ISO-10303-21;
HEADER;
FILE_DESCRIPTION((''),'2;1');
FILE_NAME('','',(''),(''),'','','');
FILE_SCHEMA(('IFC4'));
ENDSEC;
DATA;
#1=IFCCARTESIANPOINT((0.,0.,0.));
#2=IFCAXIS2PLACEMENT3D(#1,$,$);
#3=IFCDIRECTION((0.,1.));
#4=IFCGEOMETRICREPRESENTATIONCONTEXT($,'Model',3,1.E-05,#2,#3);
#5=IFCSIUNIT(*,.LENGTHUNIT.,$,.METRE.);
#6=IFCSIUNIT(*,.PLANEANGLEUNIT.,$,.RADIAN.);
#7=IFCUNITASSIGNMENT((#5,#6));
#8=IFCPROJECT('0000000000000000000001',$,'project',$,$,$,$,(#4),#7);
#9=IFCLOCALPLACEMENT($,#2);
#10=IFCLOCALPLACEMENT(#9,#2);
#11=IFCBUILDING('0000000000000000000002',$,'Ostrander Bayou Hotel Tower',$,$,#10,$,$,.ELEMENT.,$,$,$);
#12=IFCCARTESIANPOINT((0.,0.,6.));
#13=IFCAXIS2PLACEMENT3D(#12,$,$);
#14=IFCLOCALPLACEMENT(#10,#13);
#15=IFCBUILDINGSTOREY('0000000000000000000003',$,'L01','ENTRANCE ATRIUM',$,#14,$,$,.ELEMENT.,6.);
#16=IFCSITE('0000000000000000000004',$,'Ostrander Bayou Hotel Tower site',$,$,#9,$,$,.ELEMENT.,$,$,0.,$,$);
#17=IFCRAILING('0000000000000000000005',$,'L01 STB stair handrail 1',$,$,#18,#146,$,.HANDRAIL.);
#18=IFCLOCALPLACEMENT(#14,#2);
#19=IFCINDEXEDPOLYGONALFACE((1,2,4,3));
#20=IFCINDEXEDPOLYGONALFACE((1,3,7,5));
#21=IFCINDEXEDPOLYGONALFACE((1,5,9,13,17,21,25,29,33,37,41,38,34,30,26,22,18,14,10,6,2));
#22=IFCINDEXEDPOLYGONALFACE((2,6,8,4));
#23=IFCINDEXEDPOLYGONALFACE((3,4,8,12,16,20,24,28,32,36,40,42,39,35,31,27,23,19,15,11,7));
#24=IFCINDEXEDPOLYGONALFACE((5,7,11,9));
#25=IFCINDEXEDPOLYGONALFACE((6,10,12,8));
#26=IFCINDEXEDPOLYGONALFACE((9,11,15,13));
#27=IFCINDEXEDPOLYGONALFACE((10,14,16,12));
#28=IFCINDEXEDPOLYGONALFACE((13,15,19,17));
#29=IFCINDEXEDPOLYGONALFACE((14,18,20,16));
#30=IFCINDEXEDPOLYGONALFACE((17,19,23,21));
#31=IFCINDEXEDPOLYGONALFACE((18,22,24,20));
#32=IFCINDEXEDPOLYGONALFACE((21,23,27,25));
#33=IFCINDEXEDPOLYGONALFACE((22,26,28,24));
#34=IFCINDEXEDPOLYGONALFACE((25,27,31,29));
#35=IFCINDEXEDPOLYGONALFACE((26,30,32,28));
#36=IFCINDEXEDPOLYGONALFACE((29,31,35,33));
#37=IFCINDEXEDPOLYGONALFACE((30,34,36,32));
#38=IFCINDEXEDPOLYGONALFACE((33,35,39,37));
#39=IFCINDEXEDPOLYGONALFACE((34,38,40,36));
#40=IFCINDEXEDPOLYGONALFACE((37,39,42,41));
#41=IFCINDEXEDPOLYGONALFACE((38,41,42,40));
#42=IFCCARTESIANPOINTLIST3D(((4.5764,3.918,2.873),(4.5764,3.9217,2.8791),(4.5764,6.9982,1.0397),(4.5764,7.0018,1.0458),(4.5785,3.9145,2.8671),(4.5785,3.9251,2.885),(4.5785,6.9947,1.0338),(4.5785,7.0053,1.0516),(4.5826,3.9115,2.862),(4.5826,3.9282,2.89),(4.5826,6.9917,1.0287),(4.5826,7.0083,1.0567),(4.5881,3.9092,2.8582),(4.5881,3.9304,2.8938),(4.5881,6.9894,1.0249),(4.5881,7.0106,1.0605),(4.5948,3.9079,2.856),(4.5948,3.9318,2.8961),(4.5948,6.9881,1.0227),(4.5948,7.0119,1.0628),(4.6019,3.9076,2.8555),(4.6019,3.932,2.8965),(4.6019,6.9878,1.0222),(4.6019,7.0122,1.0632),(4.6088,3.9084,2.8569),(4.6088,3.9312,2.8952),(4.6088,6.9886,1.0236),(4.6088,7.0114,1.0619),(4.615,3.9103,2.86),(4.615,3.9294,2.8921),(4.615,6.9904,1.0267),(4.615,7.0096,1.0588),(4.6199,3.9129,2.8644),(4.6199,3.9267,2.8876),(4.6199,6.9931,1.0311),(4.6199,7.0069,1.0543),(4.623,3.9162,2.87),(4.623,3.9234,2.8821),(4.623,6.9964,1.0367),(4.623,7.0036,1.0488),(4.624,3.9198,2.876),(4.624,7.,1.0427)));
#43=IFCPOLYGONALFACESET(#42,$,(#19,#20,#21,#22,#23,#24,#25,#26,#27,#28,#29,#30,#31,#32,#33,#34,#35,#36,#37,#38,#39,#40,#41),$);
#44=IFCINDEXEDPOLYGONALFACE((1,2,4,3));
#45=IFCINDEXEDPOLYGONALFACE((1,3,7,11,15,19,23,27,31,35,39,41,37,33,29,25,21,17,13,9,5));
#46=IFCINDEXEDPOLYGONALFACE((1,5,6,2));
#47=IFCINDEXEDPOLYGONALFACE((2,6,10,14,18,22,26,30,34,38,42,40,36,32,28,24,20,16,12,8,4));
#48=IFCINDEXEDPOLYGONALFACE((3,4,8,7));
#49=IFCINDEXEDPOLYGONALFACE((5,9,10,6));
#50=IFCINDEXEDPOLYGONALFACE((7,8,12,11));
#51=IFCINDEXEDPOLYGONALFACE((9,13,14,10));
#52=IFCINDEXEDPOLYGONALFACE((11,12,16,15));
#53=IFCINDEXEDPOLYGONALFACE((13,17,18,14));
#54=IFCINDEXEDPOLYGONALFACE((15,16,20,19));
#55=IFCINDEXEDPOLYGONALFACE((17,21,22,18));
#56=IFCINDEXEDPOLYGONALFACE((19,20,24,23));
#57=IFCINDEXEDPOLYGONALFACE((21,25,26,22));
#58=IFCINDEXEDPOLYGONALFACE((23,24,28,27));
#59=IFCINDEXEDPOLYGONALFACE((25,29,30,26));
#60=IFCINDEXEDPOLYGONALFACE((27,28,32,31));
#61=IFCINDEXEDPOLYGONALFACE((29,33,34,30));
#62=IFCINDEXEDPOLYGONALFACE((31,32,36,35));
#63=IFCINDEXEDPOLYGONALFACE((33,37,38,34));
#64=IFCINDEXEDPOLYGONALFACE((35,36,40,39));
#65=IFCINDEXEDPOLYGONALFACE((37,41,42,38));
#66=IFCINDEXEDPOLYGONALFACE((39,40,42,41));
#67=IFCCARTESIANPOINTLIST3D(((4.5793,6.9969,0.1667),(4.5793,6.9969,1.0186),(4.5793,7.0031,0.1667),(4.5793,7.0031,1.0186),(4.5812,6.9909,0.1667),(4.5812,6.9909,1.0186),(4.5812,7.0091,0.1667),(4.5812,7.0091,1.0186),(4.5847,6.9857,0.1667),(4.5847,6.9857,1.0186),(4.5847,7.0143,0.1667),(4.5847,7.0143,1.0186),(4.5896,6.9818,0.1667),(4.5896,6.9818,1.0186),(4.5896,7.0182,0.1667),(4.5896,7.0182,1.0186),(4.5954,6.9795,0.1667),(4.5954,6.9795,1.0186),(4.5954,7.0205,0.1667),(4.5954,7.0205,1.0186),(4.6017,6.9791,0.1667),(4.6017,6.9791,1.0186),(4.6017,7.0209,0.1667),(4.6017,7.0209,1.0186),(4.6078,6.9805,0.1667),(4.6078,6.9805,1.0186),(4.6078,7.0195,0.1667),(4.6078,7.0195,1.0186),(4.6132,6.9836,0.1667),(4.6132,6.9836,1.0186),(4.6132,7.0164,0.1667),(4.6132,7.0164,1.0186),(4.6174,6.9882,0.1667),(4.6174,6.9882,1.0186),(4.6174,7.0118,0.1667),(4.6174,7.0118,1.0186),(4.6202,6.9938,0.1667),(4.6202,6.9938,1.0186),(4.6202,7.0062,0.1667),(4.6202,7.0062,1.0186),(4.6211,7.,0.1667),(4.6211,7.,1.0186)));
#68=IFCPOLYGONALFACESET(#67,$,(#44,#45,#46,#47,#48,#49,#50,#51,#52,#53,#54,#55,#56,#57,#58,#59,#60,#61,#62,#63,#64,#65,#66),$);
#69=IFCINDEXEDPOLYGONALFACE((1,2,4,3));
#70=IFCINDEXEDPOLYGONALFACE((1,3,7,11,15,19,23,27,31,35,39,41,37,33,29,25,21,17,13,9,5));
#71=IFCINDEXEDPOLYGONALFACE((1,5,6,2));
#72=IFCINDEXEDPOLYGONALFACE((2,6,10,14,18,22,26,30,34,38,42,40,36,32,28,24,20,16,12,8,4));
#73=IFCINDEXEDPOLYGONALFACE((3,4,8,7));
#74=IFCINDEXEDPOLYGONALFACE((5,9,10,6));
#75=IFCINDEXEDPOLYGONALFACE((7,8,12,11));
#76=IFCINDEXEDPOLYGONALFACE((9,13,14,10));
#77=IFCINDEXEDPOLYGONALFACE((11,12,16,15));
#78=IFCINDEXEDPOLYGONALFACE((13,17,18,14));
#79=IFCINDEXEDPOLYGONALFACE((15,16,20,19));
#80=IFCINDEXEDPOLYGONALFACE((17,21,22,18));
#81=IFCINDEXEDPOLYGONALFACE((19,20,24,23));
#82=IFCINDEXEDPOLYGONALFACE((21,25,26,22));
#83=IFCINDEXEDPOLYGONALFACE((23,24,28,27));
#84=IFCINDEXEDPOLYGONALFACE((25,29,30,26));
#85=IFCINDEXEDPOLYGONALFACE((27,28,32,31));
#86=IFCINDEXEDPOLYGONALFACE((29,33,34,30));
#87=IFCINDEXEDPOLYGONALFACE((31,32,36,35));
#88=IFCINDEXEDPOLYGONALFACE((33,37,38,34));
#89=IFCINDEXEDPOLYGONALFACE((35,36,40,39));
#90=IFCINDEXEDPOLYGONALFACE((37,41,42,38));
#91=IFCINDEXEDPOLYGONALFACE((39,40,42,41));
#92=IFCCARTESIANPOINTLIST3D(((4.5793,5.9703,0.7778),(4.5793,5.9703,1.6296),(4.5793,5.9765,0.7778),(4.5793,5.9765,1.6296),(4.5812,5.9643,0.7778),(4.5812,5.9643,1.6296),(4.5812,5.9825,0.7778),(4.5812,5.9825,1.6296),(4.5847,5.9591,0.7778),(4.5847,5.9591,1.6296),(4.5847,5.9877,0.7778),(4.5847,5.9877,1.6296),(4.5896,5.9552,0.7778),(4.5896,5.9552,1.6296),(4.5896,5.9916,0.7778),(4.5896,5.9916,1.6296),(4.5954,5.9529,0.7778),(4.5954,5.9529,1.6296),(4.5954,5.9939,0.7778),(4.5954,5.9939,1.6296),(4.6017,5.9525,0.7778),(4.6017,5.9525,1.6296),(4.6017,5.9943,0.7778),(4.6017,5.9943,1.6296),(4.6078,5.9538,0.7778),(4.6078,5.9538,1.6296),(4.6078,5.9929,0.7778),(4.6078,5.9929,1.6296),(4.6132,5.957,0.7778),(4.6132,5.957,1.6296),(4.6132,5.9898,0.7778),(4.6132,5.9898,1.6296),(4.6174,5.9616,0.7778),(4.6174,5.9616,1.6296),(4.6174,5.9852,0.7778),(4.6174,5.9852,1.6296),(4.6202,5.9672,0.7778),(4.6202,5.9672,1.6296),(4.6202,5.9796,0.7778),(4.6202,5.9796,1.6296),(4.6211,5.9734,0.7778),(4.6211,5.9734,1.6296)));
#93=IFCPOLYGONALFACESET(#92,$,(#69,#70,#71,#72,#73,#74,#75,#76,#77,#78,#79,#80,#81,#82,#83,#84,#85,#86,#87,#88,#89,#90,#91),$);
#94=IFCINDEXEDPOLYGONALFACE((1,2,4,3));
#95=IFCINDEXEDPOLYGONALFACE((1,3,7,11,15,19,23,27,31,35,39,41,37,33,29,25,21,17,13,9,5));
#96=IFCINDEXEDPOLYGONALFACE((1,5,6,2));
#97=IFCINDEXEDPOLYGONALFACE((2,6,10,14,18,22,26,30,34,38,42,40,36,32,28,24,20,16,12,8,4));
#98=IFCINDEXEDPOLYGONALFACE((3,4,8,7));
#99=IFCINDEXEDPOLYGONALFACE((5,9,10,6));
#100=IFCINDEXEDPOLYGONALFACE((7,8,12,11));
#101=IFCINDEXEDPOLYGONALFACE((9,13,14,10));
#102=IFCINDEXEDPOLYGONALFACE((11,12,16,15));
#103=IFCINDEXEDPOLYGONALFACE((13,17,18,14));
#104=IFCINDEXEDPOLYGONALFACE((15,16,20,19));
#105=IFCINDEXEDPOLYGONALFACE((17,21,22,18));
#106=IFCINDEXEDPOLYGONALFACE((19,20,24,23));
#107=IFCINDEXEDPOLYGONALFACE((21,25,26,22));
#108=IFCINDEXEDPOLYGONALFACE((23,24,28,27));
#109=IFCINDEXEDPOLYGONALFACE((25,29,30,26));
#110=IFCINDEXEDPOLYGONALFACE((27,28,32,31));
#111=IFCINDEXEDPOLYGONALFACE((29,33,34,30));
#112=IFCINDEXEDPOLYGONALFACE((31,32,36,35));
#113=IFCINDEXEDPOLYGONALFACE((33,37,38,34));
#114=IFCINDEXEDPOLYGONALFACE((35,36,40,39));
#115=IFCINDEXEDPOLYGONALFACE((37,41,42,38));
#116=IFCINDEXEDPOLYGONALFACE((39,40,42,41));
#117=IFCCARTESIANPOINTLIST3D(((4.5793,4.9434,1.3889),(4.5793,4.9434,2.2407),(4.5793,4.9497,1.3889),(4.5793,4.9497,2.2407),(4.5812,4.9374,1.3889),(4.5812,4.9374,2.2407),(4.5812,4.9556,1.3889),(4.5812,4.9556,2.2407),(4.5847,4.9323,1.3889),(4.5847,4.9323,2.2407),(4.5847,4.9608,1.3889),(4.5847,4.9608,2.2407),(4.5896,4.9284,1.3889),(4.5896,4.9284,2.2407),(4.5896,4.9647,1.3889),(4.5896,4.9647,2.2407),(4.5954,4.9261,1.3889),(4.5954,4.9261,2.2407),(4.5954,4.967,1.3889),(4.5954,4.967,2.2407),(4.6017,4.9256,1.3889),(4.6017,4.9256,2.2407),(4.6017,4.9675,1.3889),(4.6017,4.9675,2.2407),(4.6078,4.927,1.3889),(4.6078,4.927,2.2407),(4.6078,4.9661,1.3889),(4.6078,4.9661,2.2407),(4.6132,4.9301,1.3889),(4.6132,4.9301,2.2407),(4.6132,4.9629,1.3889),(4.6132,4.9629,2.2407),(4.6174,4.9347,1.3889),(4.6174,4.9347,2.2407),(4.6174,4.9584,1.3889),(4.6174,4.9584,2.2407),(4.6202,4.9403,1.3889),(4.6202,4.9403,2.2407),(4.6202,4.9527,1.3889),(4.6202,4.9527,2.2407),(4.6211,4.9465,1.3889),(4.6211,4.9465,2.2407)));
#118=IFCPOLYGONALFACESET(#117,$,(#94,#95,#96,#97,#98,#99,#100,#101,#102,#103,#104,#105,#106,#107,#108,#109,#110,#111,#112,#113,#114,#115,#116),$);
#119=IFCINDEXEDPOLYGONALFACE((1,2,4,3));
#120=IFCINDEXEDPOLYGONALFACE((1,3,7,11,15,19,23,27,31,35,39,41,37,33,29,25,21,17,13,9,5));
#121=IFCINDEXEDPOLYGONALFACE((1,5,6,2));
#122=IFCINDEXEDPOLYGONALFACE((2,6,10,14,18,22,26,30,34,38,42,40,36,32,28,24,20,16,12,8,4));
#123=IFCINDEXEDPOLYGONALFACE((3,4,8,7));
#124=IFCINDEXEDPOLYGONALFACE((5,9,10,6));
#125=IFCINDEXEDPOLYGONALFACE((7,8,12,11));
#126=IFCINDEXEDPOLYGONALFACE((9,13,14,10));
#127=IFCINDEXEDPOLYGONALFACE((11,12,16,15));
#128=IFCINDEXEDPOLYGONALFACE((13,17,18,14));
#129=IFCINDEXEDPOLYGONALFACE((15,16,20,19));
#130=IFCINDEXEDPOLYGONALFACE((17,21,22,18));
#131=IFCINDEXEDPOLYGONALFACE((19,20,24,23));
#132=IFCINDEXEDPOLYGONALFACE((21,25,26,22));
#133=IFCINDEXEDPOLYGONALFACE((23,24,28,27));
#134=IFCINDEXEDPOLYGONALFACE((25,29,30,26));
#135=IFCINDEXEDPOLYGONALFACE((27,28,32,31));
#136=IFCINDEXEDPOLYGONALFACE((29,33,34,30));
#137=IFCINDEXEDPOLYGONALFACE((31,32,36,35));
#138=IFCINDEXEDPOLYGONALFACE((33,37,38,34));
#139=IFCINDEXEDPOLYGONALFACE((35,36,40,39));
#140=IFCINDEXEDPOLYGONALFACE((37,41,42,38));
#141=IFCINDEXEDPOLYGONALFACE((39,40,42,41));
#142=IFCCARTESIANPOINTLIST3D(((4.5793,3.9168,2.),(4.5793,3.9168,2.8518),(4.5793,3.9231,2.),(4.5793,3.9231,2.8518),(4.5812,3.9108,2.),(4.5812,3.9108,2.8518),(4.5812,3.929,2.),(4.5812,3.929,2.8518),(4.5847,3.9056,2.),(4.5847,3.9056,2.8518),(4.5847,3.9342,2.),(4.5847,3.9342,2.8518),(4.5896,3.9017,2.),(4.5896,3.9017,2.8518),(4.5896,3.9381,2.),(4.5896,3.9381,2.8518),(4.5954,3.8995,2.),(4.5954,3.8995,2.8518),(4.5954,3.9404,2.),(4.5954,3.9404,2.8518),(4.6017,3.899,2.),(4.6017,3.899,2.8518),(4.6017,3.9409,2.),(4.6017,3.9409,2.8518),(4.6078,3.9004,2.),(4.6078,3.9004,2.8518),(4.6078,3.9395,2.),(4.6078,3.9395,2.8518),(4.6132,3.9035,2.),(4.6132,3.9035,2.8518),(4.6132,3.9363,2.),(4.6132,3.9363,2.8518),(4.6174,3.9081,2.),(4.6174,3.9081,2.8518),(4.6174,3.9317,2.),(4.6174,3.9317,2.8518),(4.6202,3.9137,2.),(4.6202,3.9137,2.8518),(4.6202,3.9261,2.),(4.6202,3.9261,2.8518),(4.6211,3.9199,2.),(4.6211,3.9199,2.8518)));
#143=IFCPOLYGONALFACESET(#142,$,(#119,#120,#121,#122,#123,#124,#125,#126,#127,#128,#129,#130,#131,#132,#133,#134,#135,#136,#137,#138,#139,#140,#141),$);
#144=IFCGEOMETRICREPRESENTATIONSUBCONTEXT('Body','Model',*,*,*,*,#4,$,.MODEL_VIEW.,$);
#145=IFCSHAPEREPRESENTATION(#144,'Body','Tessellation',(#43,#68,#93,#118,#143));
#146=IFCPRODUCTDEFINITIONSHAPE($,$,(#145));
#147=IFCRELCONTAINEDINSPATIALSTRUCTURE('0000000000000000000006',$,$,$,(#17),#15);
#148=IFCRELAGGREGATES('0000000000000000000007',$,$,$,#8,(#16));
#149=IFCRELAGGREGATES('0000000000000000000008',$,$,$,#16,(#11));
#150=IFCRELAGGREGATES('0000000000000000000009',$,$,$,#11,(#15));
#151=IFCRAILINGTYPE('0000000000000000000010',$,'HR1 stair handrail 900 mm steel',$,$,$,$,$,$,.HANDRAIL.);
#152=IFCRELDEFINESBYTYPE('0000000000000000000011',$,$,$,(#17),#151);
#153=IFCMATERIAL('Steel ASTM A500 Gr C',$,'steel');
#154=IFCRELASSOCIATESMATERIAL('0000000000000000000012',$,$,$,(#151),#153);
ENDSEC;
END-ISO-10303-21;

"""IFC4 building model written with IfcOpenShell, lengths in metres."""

from ifc_helpers import new_model, si_unit, direction, frame, origin, origin_2d, place, context, subcontext, project, spatial, circle, extrude, material, type_object, element, save


model = new_model("IFC4")

# Units and contexts
model_context = context("Model", 3, precision=1e-05, world=origin(), true_north=direction((0.0, 1.0)))
body_context = subcontext(model_context, "Body", "Model", "MODEL_VIEW")
ifc_project = project(units=[si_unit("LENGTHUNIT", "METRE"), si_unit("PLANEANGLEUNIT", "RADIAN")], contexts=[model_context])

# Site, building, storey
site_placement = place(None, origin())
site = spatial("IfcSite", under=ifc_project, at=site_placement, Name="Ostrander Bayou Hotel Tower site", CompositionType="ELEMENT", RefElevation=0.0)
building_placement = place(site_placement, origin())
building = spatial("IfcBuilding", under=site, at=building_placement, Name="Ostrander Bayou Hotel Tower", CompositionType="ELEMENT")
storey_placement = place(building_placement, frame((0.0, 0.0, 6.0)))
storey = spatial("IfcBuildingStorey", under=building, at=storey_placement, Name="L01", Description="ENTRANCE ATRIUM", CompositionType="ELEMENT", Elevation=6.0)

# Railing
ifc_material_1 = material(Name="Steel ASTM A500 Gr C", Category="steel")
railing_type_1 = type_object("IfcRailingType", Name="HR1 stair handrail 900 mm steel", PredefinedType="HANDRAIL", material=ifc_material_1)
railing_1_placement = place(storey_placement, frame((4.6001, 7.0, 0.1667)))
element("IfcRailing", 1, at=railing_1_placement, inside=storey, type_object=railing_type_1, Name="L01 STB stair handrail 1", PredefinedType="HANDRAIL", context=body_context, shape_type="SweptSolid", body=[
    extrude(circle(Radius=0.0239, at=origin_2d()), frame((0.0, 0.0, 0.876), z_axis=(0.0, -0.859309, 0.511458), x_axis=(1.0, 0.0, 0.0)), (0.0, 0.0, 1.0), 3.5845),
    extrude(circle(Radius=0.021, at=origin_2d()), origin(), (0.0, 0.0, 1.0), 0.8518),
    extrude(circle(Radius=0.021, at=origin_2d()), frame((0.0, -1.0266, 0.6111)), (0.0, 0.0, 1.0), 0.8518),
    extrude(circle(Radius=0.021, at=origin_2d()), frame((0.0, -2.0535, 1.2222)), (0.0, 0.0, 1.0), 0.8518),
    extrude(circle(Radius=0.021, at=origin_2d()), frame((0.0, -3.0801, 1.8333)), (0.0, 0.0, 1.0), 0.8518),
])

save(model, "model.ifc")
